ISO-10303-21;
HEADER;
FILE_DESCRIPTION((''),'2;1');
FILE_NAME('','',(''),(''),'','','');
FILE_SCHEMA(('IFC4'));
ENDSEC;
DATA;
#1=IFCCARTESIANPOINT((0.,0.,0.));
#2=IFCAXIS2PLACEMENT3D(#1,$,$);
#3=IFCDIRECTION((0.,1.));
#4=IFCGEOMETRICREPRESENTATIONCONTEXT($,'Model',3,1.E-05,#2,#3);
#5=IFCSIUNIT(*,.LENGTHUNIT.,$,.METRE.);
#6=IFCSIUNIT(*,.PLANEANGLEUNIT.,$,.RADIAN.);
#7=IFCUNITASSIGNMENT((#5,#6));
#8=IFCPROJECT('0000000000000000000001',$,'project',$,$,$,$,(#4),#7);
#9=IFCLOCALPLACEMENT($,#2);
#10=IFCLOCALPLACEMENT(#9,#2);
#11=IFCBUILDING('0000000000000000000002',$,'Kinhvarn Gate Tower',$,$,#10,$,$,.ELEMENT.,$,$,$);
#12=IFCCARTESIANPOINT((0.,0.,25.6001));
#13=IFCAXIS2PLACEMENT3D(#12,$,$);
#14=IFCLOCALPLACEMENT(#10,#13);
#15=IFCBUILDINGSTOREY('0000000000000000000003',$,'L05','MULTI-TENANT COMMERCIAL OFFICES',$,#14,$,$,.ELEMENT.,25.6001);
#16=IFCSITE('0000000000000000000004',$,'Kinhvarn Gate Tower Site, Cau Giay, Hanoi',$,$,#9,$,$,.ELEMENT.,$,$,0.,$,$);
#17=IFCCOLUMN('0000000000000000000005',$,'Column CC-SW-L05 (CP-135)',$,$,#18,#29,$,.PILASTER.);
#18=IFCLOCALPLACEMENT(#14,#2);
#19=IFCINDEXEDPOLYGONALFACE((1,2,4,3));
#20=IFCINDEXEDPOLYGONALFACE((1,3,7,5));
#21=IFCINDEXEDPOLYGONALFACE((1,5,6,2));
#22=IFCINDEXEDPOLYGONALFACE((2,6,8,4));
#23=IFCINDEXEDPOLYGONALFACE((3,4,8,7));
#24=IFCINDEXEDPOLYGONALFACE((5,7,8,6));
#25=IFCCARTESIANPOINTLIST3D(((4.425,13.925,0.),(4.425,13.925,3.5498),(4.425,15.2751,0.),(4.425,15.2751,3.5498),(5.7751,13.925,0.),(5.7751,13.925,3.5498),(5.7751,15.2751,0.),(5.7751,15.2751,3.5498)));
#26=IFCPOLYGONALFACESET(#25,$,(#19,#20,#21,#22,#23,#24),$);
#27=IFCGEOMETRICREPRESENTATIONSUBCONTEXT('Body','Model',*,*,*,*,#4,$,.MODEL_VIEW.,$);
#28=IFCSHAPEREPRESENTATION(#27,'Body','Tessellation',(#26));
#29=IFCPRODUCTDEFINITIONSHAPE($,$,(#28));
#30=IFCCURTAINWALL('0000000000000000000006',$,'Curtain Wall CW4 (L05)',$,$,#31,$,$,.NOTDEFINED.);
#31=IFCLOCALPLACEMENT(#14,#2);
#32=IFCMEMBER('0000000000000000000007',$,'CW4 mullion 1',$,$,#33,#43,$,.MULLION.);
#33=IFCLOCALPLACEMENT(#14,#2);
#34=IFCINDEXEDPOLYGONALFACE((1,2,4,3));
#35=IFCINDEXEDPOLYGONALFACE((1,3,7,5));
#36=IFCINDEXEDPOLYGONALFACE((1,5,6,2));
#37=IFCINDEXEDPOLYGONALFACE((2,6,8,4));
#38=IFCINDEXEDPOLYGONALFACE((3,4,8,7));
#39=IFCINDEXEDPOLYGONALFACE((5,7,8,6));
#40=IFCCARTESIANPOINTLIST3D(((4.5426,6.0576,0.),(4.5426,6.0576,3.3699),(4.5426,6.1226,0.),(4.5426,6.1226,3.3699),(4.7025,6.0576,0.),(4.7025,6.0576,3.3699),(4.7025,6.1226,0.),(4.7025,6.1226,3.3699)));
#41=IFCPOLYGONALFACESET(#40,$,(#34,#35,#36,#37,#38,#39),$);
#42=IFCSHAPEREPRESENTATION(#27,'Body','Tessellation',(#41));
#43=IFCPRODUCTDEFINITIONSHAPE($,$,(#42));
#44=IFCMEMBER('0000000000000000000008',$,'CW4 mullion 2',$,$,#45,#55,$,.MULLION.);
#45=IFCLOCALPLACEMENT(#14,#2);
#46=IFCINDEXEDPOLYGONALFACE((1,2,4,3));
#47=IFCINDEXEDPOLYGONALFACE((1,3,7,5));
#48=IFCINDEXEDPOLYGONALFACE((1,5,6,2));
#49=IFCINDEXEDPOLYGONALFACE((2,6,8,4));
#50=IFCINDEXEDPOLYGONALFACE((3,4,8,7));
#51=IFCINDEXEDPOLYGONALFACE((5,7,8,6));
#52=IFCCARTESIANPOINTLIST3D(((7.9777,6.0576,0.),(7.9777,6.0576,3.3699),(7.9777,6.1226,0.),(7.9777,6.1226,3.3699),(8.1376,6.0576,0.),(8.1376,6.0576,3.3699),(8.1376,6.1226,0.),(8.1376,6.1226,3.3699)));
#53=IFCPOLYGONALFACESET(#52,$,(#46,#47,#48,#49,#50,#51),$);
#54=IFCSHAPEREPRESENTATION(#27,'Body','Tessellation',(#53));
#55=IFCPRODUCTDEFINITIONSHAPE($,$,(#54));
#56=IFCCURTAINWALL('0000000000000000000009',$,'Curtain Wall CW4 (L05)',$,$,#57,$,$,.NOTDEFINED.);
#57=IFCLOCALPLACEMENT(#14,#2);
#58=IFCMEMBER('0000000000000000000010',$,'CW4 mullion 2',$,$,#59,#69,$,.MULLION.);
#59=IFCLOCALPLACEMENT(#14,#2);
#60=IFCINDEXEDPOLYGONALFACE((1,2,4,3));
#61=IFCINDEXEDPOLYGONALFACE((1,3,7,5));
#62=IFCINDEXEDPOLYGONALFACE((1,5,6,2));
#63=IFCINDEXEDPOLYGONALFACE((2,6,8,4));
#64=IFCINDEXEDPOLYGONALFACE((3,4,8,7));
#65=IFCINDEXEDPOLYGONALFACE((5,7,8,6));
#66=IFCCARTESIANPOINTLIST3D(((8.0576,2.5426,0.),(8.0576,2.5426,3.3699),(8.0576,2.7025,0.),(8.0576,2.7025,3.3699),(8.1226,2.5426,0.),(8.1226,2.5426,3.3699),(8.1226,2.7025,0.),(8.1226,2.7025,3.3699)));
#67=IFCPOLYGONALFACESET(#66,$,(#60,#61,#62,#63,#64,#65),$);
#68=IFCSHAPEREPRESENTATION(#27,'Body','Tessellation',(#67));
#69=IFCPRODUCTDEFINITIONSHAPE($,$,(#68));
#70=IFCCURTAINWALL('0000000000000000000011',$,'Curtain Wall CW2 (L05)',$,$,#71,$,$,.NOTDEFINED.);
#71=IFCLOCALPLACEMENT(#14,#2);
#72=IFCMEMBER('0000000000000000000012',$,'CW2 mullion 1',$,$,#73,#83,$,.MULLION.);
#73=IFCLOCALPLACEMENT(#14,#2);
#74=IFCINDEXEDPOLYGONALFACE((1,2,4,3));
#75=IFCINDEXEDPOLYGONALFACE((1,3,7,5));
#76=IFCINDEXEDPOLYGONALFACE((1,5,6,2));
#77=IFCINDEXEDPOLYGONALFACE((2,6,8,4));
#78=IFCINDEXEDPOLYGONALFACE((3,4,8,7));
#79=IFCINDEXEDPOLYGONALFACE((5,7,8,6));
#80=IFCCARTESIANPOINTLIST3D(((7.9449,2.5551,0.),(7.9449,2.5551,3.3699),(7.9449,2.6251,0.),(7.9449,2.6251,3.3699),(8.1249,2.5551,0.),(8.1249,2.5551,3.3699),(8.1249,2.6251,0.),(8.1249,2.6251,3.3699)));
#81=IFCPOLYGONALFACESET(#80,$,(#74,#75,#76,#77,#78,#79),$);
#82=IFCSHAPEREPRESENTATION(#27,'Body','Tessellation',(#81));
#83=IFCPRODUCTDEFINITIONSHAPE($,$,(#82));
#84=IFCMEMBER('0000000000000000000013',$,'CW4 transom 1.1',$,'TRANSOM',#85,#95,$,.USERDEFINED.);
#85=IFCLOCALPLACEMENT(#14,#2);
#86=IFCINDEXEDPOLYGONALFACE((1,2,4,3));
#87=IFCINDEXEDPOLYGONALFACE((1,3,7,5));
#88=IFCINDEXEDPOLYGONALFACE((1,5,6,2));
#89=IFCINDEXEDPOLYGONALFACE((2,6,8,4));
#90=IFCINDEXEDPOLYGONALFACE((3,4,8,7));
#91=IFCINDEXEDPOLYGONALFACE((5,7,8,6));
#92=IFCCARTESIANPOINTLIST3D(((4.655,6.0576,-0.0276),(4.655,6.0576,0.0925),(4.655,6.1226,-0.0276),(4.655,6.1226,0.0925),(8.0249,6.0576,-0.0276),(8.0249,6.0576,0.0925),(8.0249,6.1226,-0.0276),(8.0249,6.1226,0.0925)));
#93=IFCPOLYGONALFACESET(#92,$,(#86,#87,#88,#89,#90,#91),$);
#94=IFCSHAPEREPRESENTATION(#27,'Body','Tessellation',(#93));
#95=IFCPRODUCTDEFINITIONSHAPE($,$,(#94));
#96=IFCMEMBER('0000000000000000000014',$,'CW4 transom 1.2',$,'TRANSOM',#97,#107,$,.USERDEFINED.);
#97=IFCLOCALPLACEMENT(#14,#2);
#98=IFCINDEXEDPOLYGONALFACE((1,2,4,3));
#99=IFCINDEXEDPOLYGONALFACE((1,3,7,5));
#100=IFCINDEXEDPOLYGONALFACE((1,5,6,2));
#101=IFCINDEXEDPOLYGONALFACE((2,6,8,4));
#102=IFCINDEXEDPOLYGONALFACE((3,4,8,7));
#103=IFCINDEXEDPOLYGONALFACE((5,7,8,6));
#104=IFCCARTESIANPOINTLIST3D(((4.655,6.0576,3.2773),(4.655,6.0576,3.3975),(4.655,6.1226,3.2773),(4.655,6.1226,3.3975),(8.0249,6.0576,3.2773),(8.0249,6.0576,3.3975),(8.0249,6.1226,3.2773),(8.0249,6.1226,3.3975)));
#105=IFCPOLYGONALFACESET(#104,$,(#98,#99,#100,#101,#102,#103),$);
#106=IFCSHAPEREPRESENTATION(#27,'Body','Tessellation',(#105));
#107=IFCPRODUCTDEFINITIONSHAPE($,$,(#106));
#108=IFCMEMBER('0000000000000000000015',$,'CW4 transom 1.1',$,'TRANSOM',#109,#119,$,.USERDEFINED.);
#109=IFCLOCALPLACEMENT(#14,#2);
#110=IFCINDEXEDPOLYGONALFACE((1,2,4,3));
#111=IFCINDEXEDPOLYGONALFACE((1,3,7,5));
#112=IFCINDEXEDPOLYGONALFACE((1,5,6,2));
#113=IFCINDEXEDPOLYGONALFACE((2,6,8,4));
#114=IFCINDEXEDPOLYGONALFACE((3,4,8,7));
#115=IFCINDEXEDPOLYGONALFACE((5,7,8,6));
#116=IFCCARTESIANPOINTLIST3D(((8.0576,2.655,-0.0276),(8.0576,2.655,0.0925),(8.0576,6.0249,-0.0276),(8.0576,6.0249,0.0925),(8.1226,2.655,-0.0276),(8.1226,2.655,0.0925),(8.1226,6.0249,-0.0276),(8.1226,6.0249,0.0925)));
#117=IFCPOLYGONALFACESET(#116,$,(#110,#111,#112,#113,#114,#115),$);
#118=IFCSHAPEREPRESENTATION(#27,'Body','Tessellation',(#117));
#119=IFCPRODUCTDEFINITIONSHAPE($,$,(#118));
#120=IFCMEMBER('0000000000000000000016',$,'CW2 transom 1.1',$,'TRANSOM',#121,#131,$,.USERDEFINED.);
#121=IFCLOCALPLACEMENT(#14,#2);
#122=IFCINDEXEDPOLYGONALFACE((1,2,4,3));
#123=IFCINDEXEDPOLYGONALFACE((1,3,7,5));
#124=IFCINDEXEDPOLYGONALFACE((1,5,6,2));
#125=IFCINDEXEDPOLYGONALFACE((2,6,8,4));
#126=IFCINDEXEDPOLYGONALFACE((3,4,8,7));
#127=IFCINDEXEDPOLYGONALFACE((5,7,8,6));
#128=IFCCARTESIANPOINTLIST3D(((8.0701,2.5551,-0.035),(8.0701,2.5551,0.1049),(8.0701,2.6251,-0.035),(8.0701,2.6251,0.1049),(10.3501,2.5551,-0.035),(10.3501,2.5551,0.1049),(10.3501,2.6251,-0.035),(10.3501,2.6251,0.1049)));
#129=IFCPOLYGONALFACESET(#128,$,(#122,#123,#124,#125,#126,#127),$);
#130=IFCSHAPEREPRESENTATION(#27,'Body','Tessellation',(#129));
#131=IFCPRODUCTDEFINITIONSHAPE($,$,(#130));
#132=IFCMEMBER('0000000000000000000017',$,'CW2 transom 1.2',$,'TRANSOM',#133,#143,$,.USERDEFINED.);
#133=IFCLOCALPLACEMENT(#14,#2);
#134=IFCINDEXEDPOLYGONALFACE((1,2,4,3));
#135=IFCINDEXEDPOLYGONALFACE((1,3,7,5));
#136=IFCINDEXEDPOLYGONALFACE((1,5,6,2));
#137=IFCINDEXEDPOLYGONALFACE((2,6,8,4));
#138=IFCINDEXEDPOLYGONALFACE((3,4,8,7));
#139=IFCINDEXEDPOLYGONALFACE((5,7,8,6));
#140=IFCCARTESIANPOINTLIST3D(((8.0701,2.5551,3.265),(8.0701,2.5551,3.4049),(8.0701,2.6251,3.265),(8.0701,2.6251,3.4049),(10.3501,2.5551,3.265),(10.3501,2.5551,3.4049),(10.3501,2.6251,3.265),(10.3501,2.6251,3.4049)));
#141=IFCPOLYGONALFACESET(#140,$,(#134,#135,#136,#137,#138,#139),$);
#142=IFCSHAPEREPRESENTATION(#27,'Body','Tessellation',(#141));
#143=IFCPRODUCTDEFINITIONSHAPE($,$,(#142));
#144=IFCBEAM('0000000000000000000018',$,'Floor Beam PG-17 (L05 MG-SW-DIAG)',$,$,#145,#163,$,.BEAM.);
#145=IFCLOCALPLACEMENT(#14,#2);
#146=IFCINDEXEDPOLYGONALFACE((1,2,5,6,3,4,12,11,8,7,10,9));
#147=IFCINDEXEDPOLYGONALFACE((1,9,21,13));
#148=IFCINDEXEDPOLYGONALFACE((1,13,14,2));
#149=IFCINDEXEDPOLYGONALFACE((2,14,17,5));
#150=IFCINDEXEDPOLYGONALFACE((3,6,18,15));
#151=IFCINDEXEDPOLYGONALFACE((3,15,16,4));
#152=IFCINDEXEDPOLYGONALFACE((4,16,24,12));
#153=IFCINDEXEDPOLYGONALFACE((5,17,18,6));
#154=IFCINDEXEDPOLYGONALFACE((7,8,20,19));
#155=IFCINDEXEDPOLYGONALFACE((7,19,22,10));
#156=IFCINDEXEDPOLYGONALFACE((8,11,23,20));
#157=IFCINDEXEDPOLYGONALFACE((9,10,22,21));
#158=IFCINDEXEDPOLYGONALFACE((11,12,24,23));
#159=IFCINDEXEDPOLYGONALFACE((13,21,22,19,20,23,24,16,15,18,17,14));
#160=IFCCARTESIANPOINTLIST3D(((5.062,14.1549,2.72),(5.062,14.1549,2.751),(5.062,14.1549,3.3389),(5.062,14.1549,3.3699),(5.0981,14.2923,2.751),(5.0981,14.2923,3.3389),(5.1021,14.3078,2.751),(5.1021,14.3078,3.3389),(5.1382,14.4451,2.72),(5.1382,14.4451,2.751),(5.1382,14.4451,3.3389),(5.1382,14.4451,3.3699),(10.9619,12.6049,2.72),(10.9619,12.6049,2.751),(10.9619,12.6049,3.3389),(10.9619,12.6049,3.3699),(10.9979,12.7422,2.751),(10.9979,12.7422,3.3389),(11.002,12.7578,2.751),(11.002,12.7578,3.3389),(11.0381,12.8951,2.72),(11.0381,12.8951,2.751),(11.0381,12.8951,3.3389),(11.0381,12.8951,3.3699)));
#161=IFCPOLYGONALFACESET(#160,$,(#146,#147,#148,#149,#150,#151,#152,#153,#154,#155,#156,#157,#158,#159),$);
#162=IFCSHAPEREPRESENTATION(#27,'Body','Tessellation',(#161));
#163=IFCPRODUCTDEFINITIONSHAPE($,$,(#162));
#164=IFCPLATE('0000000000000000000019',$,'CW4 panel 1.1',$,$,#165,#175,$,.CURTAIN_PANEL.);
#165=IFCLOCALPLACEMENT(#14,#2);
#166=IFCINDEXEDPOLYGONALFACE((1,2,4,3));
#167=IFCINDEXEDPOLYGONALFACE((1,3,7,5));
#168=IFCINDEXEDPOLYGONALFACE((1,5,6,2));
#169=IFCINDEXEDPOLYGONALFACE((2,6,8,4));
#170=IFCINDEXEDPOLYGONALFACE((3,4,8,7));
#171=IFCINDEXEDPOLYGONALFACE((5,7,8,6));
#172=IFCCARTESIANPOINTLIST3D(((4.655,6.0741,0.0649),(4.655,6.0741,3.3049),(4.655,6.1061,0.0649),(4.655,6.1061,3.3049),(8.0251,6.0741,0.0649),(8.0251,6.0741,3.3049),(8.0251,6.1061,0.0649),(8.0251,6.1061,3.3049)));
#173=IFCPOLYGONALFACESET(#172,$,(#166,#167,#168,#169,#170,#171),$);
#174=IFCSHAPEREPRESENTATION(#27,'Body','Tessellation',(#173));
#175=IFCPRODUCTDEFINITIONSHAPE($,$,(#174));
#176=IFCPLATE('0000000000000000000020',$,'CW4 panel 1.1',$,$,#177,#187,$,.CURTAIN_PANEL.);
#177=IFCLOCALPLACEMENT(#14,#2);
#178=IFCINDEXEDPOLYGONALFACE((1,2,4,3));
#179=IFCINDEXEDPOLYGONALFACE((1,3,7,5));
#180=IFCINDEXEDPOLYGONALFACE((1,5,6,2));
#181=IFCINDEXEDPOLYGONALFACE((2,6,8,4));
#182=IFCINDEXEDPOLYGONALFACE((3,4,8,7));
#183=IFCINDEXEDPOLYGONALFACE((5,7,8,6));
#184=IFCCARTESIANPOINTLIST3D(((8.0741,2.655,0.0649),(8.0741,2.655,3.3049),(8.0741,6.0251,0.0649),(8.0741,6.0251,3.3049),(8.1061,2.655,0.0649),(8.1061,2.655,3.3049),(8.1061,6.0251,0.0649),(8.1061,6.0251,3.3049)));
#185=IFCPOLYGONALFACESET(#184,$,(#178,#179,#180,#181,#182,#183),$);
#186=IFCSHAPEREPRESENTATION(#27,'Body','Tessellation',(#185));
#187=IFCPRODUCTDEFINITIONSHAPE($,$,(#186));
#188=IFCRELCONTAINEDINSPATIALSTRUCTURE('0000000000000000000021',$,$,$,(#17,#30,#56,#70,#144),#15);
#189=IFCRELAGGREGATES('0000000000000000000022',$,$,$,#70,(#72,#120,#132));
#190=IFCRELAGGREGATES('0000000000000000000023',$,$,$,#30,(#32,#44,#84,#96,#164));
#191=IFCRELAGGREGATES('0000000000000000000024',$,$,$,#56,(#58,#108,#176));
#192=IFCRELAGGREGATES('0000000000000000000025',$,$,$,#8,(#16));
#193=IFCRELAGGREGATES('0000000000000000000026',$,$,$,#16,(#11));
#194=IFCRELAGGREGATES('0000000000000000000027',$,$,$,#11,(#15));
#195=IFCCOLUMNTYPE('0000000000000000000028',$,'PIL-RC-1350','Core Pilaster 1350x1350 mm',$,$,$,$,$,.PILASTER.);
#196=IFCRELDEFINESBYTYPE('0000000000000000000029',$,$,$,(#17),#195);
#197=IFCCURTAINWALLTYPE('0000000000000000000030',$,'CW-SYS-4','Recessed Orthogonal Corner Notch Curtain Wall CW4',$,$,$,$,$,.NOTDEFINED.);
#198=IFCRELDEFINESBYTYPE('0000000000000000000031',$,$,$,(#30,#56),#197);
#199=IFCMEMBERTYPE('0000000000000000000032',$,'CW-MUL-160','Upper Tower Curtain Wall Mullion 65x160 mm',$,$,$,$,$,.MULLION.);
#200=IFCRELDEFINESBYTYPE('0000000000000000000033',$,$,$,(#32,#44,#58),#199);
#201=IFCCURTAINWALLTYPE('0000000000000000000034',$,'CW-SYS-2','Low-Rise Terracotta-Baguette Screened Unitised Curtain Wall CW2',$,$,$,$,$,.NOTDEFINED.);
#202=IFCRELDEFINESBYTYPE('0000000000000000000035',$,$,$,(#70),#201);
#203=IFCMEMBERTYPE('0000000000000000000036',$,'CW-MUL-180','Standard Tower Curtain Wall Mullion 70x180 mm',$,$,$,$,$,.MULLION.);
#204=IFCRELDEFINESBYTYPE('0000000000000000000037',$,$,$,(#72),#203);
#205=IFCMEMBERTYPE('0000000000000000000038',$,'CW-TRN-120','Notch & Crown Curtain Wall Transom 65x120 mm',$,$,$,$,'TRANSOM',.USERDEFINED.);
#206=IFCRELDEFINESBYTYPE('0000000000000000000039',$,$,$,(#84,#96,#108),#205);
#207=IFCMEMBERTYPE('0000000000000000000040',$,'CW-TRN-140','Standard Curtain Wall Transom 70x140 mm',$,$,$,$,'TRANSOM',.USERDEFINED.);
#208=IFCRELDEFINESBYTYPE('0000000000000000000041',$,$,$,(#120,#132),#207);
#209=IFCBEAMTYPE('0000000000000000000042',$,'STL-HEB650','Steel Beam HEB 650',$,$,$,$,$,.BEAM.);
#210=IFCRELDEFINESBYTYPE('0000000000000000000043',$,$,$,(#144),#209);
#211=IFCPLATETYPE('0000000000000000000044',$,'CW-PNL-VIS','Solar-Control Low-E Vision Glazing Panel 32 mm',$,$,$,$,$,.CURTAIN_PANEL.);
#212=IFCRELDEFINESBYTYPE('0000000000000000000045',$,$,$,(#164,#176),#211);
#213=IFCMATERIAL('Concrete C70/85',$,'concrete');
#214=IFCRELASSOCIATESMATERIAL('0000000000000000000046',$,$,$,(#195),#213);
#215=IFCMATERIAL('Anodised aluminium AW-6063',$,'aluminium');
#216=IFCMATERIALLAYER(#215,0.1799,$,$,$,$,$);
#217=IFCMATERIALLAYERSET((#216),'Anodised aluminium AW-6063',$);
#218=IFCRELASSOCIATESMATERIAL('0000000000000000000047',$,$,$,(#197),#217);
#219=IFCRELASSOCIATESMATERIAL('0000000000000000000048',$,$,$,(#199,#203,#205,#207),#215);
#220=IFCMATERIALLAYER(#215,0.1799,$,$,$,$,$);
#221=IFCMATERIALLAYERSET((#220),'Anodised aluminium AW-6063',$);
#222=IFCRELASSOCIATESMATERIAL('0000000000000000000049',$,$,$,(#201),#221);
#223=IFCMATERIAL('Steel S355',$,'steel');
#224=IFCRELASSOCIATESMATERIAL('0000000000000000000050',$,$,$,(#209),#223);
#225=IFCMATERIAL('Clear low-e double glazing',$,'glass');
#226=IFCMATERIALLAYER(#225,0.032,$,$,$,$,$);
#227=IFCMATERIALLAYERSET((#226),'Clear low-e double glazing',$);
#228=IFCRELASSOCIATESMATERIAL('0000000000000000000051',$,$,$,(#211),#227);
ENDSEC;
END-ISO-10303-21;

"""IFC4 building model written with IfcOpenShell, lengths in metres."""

from ifc_helpers import new_model, si_unit, direction, frame, origin, origin_2d, place, context, subcontext, project, spatial, rectangle, i_section, extrude, material, layer, layer_set, material_profile, profile_set, type_object, element, aggregate, save


model = new_model("IFC4")

# Units and contexts
model_context = context("Model", 3, precision=1e-05, world=origin(), true_north=direction((0.0, 1.0)))
body_context = subcontext(model_context, "Body", "Model", "MODEL_VIEW")
ifc_project = project(units=[si_unit("LENGTHUNIT", "METRE"), si_unit("PLANEANGLEUNIT", "RADIAN")], contexts=[model_context])

# Site, building, storey
site_placement = place(None, origin())
site = spatial("IfcSite", under=ifc_project, at=site_placement, Name="Kinhvarn Gate Tower Site, Cau Giay, Hanoi", CompositionType="ELEMENT", RefElevation=0.0)
building_placement = place(site_placement, origin())
building = spatial("IfcBuilding", under=site, at=building_placement, Name="Kinhvarn Gate Tower", CompositionType="ELEMENT")
storey_placement = place(building_placement, frame((0.0, 0.0, 25.6001)))
storey = spatial("IfcBuildingStorey", under=building, at=storey_placement, Name="L05", Description="MULTI-TENANT COMMERCIAL OFFICES", CompositionType="ELEMENT", Elevation=25.6001)

# Column
ifc_material_1 = material(Name="Concrete C70/85", Category="concrete")
ifc_material_profile_1 = material_profile(ifc_material_1, rectangle(XDim=1.3501, YDim=1.3501, at=origin_2d()), Name="RC 1350x1350")
ifc_profile_set_1 = profile_set([ifc_material_profile_1], Name="Concrete C70/85")
column_type = type_object("IfcColumnType", Name="PIL-RC-1350", Description="Core Pilaster 1350x1350 mm", PredefinedType="PILASTER", material=ifc_profile_set_1)
column_placement = place(storey_placement, frame((5.1001, 14.6001, 0.0), z_axis=(0.0, 0.0, 1.0), x_axis=(1.0, 0.0, 0.0)))
element("IfcColumn", 1, at=column_placement, inside=storey, type_object=column_type, Name="Column CC-SW-L05 (CP-135)", PredefinedType="PILASTER", context=body_context, shape_type="SweptSolid", body=[
    extrude(rectangle(XDim=1.3501, YDim=1.3501, at=origin_2d()), origin(), (0.0, 0.0, 1.0), 3.5498),
])

# Curtain wall, members
ifc_material_2 = material(Name="Anodised aluminium AW-6063", Category="aluminium")
ifc_layer_1 = layer(ifc_material_2, 0.1799)
ifc_layer_set_1 = layer_set([ifc_layer_1], Name="Anodised aluminium AW-6063")
curtain_wall_type_1 = type_object("IfcCurtainWallType", Name="CW-SYS-4", Description="Recessed Orthogonal Corner Notch Curtain Wall CW4", PredefinedType="NOTDEFINED", material=ifc_layer_set_1)
curtain_wall_1_placement = place(storey_placement, origin())
curtain_wall_1 = element("IfcCurtainWall", 2, at=curtain_wall_1_placement, inside=storey, type_object=curtain_wall_type_1, Name="Curtain Wall CW4 (L05)", PredefinedType="NOTDEFINED")
ifc_material_profile_2 = material_profile(ifc_material_2, rectangle(XDim=0.0649, YDim=0.1599, at=origin_2d()), Name="ALU 65x160")
ifc_profile_set_2 = profile_set([ifc_material_profile_2], Name="Anodised aluminium AW-6063")
member_type_1 = type_object("IfcMemberType", Name="CW-MUL-160", Description="Upper Tower Curtain Wall Mullion 65x160 mm", PredefinedType="MULLION", material=ifc_profile_set_2)
member_1_placement = place(storey_placement, frame((4.6226, 6.0901, 0.0), z_axis=(0.0, 0.0, 1.0), x_axis=(0.0, 1.0, 0.0)))
member_1 = element("IfcMember", 3, at=member_1_placement, type_object=member_type_1, Name="CW4 mullion 1", PredefinedType="MULLION", context=body_context, shape_type="SweptSolid", body=[
    extrude(rectangle(XDim=0.0649, YDim=0.1599, at=origin_2d()), origin(), (0.0, 0.0, 1.0), 3.3699),
])
member_2_placement = place(storey_placement, frame((8.0576, 6.0901, 0.0), z_axis=(0.0, 0.0, 1.0), x_axis=(0.0, 1.0, 0.0)))
member_2 = element("IfcMember", 4, at=member_2_placement, type_object=member_type_1, Name="CW4 mullion 2", PredefinedType="MULLION", context=body_context, shape_type="SweptSolid", body=[
    extrude(rectangle(XDim=0.0649, YDim=0.1599, at=origin_2d()), origin(), (0.0, 0.0, 1.0), 3.3699),
])

# Curtain walls, members
curtain_wall_2_placement = place(storey_placement, origin())
curtain_wall_2 = element("IfcCurtainWall", 5, at=curtain_wall_2_placement, inside=storey, type_object=curtain_wall_type_1, Name="Curtain Wall CW4 (L05)", PredefinedType="NOTDEFINED")
member_3_placement = place(storey_placement, frame((8.0901, 2.6226, 0.0), z_axis=(0.0, 0.0, 1.0), x_axis=(1.0, 0.0, 0.0)))
member_3 = element("IfcMember", 6, at=member_3_placement, type_object=member_type_1, Name="CW4 mullion 2", PredefinedType="MULLION", context=body_context, shape_type="SweptSolid", body=[
    extrude(rectangle(XDim=0.0649, YDim=0.1599, at=origin_2d()), origin(), (0.0, 0.0, 1.0), 3.3699),
])
ifc_layer_2 = layer(ifc_material_2, 0.1799)
ifc_layer_set_2 = layer_set([ifc_layer_2], Name="Anodised aluminium AW-6063")
curtain_wall_type_2 = type_object("IfcCurtainWallType", Name="CW-SYS-2", Description="Low-Rise Terracotta-Baguette Screened Unitised Curtain Wall CW2", PredefinedType="NOTDEFINED", material=ifc_layer_set_2)
curtain_wall_3_placement = place(storey_placement, origin())
curtain_wall_3 = element("IfcCurtainWall", 7, at=curtain_wall_3_placement, inside=storey, type_object=curtain_wall_type_2, Name="Curtain Wall CW2 (L05)", PredefinedType="NOTDEFINED")
ifc_material_profile_3 = material_profile(ifc_material_2, rectangle(XDim=0.0701, YDim=0.1799, at=origin_2d()), Name="ALU 70x180")
ifc_profile_set_3 = profile_set([ifc_material_profile_3], Name="Anodised aluminium AW-6063")
member_type_2 = type_object("IfcMemberType", Name="CW-MUL-180", Description="Standard Tower Curtain Wall Mullion 70x180 mm", PredefinedType="MULLION", material=ifc_profile_set_3)
member_4_placement = place(storey_placement, frame((8.0349, 2.5901, 0.0), z_axis=(0.0, 0.0, 1.0), x_axis=(0.0, 1.0, 0.0)))
member_4 = element("IfcMember", 8, at=member_4_placement, type_object=member_type_2, Name="CW2 mullion 1", PredefinedType="MULLION", context=body_context, shape_type="SweptSolid", body=[
    extrude(rectangle(XDim=0.0701, YDim=0.1799, at=origin_2d()), origin(), (0.0, 0.0, 1.0), 3.3699),
])

# Members
ifc_material_profile_4 = material_profile(ifc_material_2, rectangle(XDim=0.0649, YDim=0.1201, at=origin_2d()), Name="ALU 65x120")
ifc_profile_set_4 = profile_set([ifc_material_profile_4], Name="Anodised aluminium AW-6063")
member_type_3 = type_object("IfcMemberType", Name="CW-TRN-120", Description="Notch & Crown Curtain Wall Transom 65x120 mm", ElementType="TRANSOM", PredefinedType="USERDEFINED", material=ifc_profile_set_4)
member_5_placement = place(storey_placement, frame((4.655, 6.0901, 0.0325), z_axis=(1.0, 0.0, 0.0), x_axis=(0.0, 1.0, 0.0)))
member_5 = element("IfcMember", 9, at=member_5_placement, type_object=member_type_3, Name="CW4 transom 1.1", ObjectType="TRANSOM", PredefinedType="USERDEFINED", context=body_context, shape_type="SweptSolid", body=[
    extrude(rectangle(XDim=0.0649, YDim=0.1201, at=origin_2d()), origin(), (0.0, 0.0, 1.0), 3.3699),
])
member_6_placement = place(storey_placement, frame((4.655, 6.0901, 3.3374), z_axis=(1.0, 0.0, 0.0), x_axis=(0.0, 1.0, 0.0)))
member_6 = element("IfcMember", 10, at=member_6_placement, type_object=member_type_3, Name="CW4 transom 1.2", ObjectType="TRANSOM", PredefinedType="USERDEFINED", context=body_context, shape_type="SweptSolid", body=[
    extrude(rectangle(XDim=0.0649, YDim=0.1201, at=origin_2d()), origin(), (0.0, 0.0, 1.0), 3.3699),
])
member_7_placement = place(storey_placement, frame((8.0901, 6.0249, 0.0325), z_axis=(0.0, -1.0, 0.0), x_axis=(1.0, 0.0, 0.0)))
member_7 = element("IfcMember", 11, at=member_7_placement, type_object=member_type_3, Name="CW4 transom 1.1", ObjectType="TRANSOM", PredefinedType="USERDEFINED", context=body_context, shape_type="SweptSolid", body=[
    extrude(rectangle(XDim=0.0649, YDim=0.1201, at=origin_2d()), origin(), (0.0, 0.0, 1.0), 3.3699),
])
ifc_material_profile_5 = material_profile(ifc_material_2, rectangle(XDim=0.0701, YDim=0.1399, at=origin_2d()), Name="ALU 70x140")
ifc_profile_set_5 = profile_set([ifc_material_profile_5], Name="Anodised aluminium AW-6063")
member_type_4 = type_object("IfcMemberType", Name="CW-TRN-140", Description="Standard Curtain Wall Transom 70x140 mm", ElementType="TRANSOM", PredefinedType="USERDEFINED", material=ifc_profile_set_5)
member_8_placement = place(storey_placement, frame((8.0701, 2.5901, 0.0349), z_axis=(1.0, 0.0, 0.0), x_axis=(0.0, 1.0, 0.0)))
member_8 = element("IfcMember", 12, at=member_8_placement, type_object=member_type_4, Name="CW2 transom 1.1", ObjectType="TRANSOM", PredefinedType="USERDEFINED", context=body_context, shape_type="SweptSolid", body=[
    extrude(rectangle(XDim=0.0701, YDim=0.1399, at=origin_2d()), origin(), (0.0, 0.0, 1.0), 2.28),
])
member_9_placement = place(storey_placement, frame((8.0701, 2.5901, 3.335), z_axis=(1.0, 0.0, 0.0), x_axis=(0.0, 1.0, 0.0)))
member_9 = element("IfcMember", 13, at=member_9_placement, type_object=member_type_4, Name="CW2 transom 1.2", ObjectType="TRANSOM", PredefinedType="USERDEFINED", context=body_context, shape_type="SweptSolid", body=[
    extrude(rectangle(XDim=0.0701, YDim=0.1399, at=origin_2d()), origin(), (0.0, 0.0, 1.0), 2.28),
])
aggregate(curtain_wall_3, [member_4, member_8, member_9])

# Beam
ifc_material_3 = material(Name="Steel S355", Category="steel")
ifc_material_profile_6 = material_profile(ifc_material_3, i_section(OverallWidth=0.3, OverallDepth=0.6499, WebThickness=0.0161, FlangeThickness=0.031, at=origin_2d()), Name="HEB 650")
ifc_profile_set_6 = profile_set([ifc_material_profile_6], Name="Steel S355")
beam_type = type_object("IfcBeamType", Name="STL-HEB650", Description="Steel Beam HEB 650", PredefinedType="BEAM", material=ifc_profile_set_6)
beam_placement = place(storey_placement, frame((5.1001, 14.3, 3.0449), z_axis=(0.967178, -0.254101, 0.0), x_axis=(0.254101, 0.967178, 0.0)))
element("IfcBeam", 14, at=beam_placement, inside=storey, type_object=beam_type, Name="Floor Beam PG-17 (L05 MG-SW-DIAG)", PredefinedType="BEAM", context=body_context, shape_type="SweptSolid", body=[
    extrude(i_section(OverallWidth=0.3, OverallDepth=0.6499, WebThickness=0.0161, FlangeThickness=0.031, at=origin_2d()), origin(), (0.0, 0.0, 1.0), 6.1001),
])

# Plates
ifc_material_4 = material(Name="Clear low-e double glazing", Category="glass")
ifc_layer_3 = layer(ifc_material_4, 0.032)
ifc_layer_set_3 = layer_set([ifc_layer_3], Name="Clear low-e double glazing")
plate_type = type_object("IfcPlateType", Name="CW-PNL-VIS", Description="Solar-Control Low-E Vision Glazing Panel 32 mm", PredefinedType="CURTAIN_PANEL", material=ifc_layer_set_3)
plate_1_placement = place(storey_placement, frame((6.3401, 6.0901, 0.0649), z_axis=(0.0, 0.0, 1.0), x_axis=(1.0, 0.0, 0.0)))
plate_1 = element("IfcPlate", 15, at=plate_1_placement, type_object=plate_type, Name="CW4 panel 1.1", PredefinedType="CURTAIN_PANEL", context=body_context, shape_type="SweptSolid", body=[
    extrude(rectangle(XDim=3.3701, YDim=0.032, at=origin_2d()), origin(), (0.0, 0.0, 1.0), 3.24),
])
aggregate(curtain_wall_1, [member_1, member_2, member_5, member_6, plate_1])
plate_2_placement = place(storey_placement, frame((8.0901, 4.3401, 0.0649), z_axis=(0.0, 0.0, 1.0), x_axis=(0.0, -1.0, 0.0)))
plate_2 = element("IfcPlate", 16, at=plate_2_placement, type_object=plate_type, Name="CW4 panel 1.1", PredefinedType="CURTAIN_PANEL", context=body_context, shape_type="SweptSolid", body=[
    extrude(rectangle(XDim=3.3701, YDim=0.032, at=origin_2d()), origin(), (0.0, 0.0, 1.0), 3.24),
])
aggregate(curtain_wall_2, [member_3, member_7, plate_2])

save(model, "model.ifc")
